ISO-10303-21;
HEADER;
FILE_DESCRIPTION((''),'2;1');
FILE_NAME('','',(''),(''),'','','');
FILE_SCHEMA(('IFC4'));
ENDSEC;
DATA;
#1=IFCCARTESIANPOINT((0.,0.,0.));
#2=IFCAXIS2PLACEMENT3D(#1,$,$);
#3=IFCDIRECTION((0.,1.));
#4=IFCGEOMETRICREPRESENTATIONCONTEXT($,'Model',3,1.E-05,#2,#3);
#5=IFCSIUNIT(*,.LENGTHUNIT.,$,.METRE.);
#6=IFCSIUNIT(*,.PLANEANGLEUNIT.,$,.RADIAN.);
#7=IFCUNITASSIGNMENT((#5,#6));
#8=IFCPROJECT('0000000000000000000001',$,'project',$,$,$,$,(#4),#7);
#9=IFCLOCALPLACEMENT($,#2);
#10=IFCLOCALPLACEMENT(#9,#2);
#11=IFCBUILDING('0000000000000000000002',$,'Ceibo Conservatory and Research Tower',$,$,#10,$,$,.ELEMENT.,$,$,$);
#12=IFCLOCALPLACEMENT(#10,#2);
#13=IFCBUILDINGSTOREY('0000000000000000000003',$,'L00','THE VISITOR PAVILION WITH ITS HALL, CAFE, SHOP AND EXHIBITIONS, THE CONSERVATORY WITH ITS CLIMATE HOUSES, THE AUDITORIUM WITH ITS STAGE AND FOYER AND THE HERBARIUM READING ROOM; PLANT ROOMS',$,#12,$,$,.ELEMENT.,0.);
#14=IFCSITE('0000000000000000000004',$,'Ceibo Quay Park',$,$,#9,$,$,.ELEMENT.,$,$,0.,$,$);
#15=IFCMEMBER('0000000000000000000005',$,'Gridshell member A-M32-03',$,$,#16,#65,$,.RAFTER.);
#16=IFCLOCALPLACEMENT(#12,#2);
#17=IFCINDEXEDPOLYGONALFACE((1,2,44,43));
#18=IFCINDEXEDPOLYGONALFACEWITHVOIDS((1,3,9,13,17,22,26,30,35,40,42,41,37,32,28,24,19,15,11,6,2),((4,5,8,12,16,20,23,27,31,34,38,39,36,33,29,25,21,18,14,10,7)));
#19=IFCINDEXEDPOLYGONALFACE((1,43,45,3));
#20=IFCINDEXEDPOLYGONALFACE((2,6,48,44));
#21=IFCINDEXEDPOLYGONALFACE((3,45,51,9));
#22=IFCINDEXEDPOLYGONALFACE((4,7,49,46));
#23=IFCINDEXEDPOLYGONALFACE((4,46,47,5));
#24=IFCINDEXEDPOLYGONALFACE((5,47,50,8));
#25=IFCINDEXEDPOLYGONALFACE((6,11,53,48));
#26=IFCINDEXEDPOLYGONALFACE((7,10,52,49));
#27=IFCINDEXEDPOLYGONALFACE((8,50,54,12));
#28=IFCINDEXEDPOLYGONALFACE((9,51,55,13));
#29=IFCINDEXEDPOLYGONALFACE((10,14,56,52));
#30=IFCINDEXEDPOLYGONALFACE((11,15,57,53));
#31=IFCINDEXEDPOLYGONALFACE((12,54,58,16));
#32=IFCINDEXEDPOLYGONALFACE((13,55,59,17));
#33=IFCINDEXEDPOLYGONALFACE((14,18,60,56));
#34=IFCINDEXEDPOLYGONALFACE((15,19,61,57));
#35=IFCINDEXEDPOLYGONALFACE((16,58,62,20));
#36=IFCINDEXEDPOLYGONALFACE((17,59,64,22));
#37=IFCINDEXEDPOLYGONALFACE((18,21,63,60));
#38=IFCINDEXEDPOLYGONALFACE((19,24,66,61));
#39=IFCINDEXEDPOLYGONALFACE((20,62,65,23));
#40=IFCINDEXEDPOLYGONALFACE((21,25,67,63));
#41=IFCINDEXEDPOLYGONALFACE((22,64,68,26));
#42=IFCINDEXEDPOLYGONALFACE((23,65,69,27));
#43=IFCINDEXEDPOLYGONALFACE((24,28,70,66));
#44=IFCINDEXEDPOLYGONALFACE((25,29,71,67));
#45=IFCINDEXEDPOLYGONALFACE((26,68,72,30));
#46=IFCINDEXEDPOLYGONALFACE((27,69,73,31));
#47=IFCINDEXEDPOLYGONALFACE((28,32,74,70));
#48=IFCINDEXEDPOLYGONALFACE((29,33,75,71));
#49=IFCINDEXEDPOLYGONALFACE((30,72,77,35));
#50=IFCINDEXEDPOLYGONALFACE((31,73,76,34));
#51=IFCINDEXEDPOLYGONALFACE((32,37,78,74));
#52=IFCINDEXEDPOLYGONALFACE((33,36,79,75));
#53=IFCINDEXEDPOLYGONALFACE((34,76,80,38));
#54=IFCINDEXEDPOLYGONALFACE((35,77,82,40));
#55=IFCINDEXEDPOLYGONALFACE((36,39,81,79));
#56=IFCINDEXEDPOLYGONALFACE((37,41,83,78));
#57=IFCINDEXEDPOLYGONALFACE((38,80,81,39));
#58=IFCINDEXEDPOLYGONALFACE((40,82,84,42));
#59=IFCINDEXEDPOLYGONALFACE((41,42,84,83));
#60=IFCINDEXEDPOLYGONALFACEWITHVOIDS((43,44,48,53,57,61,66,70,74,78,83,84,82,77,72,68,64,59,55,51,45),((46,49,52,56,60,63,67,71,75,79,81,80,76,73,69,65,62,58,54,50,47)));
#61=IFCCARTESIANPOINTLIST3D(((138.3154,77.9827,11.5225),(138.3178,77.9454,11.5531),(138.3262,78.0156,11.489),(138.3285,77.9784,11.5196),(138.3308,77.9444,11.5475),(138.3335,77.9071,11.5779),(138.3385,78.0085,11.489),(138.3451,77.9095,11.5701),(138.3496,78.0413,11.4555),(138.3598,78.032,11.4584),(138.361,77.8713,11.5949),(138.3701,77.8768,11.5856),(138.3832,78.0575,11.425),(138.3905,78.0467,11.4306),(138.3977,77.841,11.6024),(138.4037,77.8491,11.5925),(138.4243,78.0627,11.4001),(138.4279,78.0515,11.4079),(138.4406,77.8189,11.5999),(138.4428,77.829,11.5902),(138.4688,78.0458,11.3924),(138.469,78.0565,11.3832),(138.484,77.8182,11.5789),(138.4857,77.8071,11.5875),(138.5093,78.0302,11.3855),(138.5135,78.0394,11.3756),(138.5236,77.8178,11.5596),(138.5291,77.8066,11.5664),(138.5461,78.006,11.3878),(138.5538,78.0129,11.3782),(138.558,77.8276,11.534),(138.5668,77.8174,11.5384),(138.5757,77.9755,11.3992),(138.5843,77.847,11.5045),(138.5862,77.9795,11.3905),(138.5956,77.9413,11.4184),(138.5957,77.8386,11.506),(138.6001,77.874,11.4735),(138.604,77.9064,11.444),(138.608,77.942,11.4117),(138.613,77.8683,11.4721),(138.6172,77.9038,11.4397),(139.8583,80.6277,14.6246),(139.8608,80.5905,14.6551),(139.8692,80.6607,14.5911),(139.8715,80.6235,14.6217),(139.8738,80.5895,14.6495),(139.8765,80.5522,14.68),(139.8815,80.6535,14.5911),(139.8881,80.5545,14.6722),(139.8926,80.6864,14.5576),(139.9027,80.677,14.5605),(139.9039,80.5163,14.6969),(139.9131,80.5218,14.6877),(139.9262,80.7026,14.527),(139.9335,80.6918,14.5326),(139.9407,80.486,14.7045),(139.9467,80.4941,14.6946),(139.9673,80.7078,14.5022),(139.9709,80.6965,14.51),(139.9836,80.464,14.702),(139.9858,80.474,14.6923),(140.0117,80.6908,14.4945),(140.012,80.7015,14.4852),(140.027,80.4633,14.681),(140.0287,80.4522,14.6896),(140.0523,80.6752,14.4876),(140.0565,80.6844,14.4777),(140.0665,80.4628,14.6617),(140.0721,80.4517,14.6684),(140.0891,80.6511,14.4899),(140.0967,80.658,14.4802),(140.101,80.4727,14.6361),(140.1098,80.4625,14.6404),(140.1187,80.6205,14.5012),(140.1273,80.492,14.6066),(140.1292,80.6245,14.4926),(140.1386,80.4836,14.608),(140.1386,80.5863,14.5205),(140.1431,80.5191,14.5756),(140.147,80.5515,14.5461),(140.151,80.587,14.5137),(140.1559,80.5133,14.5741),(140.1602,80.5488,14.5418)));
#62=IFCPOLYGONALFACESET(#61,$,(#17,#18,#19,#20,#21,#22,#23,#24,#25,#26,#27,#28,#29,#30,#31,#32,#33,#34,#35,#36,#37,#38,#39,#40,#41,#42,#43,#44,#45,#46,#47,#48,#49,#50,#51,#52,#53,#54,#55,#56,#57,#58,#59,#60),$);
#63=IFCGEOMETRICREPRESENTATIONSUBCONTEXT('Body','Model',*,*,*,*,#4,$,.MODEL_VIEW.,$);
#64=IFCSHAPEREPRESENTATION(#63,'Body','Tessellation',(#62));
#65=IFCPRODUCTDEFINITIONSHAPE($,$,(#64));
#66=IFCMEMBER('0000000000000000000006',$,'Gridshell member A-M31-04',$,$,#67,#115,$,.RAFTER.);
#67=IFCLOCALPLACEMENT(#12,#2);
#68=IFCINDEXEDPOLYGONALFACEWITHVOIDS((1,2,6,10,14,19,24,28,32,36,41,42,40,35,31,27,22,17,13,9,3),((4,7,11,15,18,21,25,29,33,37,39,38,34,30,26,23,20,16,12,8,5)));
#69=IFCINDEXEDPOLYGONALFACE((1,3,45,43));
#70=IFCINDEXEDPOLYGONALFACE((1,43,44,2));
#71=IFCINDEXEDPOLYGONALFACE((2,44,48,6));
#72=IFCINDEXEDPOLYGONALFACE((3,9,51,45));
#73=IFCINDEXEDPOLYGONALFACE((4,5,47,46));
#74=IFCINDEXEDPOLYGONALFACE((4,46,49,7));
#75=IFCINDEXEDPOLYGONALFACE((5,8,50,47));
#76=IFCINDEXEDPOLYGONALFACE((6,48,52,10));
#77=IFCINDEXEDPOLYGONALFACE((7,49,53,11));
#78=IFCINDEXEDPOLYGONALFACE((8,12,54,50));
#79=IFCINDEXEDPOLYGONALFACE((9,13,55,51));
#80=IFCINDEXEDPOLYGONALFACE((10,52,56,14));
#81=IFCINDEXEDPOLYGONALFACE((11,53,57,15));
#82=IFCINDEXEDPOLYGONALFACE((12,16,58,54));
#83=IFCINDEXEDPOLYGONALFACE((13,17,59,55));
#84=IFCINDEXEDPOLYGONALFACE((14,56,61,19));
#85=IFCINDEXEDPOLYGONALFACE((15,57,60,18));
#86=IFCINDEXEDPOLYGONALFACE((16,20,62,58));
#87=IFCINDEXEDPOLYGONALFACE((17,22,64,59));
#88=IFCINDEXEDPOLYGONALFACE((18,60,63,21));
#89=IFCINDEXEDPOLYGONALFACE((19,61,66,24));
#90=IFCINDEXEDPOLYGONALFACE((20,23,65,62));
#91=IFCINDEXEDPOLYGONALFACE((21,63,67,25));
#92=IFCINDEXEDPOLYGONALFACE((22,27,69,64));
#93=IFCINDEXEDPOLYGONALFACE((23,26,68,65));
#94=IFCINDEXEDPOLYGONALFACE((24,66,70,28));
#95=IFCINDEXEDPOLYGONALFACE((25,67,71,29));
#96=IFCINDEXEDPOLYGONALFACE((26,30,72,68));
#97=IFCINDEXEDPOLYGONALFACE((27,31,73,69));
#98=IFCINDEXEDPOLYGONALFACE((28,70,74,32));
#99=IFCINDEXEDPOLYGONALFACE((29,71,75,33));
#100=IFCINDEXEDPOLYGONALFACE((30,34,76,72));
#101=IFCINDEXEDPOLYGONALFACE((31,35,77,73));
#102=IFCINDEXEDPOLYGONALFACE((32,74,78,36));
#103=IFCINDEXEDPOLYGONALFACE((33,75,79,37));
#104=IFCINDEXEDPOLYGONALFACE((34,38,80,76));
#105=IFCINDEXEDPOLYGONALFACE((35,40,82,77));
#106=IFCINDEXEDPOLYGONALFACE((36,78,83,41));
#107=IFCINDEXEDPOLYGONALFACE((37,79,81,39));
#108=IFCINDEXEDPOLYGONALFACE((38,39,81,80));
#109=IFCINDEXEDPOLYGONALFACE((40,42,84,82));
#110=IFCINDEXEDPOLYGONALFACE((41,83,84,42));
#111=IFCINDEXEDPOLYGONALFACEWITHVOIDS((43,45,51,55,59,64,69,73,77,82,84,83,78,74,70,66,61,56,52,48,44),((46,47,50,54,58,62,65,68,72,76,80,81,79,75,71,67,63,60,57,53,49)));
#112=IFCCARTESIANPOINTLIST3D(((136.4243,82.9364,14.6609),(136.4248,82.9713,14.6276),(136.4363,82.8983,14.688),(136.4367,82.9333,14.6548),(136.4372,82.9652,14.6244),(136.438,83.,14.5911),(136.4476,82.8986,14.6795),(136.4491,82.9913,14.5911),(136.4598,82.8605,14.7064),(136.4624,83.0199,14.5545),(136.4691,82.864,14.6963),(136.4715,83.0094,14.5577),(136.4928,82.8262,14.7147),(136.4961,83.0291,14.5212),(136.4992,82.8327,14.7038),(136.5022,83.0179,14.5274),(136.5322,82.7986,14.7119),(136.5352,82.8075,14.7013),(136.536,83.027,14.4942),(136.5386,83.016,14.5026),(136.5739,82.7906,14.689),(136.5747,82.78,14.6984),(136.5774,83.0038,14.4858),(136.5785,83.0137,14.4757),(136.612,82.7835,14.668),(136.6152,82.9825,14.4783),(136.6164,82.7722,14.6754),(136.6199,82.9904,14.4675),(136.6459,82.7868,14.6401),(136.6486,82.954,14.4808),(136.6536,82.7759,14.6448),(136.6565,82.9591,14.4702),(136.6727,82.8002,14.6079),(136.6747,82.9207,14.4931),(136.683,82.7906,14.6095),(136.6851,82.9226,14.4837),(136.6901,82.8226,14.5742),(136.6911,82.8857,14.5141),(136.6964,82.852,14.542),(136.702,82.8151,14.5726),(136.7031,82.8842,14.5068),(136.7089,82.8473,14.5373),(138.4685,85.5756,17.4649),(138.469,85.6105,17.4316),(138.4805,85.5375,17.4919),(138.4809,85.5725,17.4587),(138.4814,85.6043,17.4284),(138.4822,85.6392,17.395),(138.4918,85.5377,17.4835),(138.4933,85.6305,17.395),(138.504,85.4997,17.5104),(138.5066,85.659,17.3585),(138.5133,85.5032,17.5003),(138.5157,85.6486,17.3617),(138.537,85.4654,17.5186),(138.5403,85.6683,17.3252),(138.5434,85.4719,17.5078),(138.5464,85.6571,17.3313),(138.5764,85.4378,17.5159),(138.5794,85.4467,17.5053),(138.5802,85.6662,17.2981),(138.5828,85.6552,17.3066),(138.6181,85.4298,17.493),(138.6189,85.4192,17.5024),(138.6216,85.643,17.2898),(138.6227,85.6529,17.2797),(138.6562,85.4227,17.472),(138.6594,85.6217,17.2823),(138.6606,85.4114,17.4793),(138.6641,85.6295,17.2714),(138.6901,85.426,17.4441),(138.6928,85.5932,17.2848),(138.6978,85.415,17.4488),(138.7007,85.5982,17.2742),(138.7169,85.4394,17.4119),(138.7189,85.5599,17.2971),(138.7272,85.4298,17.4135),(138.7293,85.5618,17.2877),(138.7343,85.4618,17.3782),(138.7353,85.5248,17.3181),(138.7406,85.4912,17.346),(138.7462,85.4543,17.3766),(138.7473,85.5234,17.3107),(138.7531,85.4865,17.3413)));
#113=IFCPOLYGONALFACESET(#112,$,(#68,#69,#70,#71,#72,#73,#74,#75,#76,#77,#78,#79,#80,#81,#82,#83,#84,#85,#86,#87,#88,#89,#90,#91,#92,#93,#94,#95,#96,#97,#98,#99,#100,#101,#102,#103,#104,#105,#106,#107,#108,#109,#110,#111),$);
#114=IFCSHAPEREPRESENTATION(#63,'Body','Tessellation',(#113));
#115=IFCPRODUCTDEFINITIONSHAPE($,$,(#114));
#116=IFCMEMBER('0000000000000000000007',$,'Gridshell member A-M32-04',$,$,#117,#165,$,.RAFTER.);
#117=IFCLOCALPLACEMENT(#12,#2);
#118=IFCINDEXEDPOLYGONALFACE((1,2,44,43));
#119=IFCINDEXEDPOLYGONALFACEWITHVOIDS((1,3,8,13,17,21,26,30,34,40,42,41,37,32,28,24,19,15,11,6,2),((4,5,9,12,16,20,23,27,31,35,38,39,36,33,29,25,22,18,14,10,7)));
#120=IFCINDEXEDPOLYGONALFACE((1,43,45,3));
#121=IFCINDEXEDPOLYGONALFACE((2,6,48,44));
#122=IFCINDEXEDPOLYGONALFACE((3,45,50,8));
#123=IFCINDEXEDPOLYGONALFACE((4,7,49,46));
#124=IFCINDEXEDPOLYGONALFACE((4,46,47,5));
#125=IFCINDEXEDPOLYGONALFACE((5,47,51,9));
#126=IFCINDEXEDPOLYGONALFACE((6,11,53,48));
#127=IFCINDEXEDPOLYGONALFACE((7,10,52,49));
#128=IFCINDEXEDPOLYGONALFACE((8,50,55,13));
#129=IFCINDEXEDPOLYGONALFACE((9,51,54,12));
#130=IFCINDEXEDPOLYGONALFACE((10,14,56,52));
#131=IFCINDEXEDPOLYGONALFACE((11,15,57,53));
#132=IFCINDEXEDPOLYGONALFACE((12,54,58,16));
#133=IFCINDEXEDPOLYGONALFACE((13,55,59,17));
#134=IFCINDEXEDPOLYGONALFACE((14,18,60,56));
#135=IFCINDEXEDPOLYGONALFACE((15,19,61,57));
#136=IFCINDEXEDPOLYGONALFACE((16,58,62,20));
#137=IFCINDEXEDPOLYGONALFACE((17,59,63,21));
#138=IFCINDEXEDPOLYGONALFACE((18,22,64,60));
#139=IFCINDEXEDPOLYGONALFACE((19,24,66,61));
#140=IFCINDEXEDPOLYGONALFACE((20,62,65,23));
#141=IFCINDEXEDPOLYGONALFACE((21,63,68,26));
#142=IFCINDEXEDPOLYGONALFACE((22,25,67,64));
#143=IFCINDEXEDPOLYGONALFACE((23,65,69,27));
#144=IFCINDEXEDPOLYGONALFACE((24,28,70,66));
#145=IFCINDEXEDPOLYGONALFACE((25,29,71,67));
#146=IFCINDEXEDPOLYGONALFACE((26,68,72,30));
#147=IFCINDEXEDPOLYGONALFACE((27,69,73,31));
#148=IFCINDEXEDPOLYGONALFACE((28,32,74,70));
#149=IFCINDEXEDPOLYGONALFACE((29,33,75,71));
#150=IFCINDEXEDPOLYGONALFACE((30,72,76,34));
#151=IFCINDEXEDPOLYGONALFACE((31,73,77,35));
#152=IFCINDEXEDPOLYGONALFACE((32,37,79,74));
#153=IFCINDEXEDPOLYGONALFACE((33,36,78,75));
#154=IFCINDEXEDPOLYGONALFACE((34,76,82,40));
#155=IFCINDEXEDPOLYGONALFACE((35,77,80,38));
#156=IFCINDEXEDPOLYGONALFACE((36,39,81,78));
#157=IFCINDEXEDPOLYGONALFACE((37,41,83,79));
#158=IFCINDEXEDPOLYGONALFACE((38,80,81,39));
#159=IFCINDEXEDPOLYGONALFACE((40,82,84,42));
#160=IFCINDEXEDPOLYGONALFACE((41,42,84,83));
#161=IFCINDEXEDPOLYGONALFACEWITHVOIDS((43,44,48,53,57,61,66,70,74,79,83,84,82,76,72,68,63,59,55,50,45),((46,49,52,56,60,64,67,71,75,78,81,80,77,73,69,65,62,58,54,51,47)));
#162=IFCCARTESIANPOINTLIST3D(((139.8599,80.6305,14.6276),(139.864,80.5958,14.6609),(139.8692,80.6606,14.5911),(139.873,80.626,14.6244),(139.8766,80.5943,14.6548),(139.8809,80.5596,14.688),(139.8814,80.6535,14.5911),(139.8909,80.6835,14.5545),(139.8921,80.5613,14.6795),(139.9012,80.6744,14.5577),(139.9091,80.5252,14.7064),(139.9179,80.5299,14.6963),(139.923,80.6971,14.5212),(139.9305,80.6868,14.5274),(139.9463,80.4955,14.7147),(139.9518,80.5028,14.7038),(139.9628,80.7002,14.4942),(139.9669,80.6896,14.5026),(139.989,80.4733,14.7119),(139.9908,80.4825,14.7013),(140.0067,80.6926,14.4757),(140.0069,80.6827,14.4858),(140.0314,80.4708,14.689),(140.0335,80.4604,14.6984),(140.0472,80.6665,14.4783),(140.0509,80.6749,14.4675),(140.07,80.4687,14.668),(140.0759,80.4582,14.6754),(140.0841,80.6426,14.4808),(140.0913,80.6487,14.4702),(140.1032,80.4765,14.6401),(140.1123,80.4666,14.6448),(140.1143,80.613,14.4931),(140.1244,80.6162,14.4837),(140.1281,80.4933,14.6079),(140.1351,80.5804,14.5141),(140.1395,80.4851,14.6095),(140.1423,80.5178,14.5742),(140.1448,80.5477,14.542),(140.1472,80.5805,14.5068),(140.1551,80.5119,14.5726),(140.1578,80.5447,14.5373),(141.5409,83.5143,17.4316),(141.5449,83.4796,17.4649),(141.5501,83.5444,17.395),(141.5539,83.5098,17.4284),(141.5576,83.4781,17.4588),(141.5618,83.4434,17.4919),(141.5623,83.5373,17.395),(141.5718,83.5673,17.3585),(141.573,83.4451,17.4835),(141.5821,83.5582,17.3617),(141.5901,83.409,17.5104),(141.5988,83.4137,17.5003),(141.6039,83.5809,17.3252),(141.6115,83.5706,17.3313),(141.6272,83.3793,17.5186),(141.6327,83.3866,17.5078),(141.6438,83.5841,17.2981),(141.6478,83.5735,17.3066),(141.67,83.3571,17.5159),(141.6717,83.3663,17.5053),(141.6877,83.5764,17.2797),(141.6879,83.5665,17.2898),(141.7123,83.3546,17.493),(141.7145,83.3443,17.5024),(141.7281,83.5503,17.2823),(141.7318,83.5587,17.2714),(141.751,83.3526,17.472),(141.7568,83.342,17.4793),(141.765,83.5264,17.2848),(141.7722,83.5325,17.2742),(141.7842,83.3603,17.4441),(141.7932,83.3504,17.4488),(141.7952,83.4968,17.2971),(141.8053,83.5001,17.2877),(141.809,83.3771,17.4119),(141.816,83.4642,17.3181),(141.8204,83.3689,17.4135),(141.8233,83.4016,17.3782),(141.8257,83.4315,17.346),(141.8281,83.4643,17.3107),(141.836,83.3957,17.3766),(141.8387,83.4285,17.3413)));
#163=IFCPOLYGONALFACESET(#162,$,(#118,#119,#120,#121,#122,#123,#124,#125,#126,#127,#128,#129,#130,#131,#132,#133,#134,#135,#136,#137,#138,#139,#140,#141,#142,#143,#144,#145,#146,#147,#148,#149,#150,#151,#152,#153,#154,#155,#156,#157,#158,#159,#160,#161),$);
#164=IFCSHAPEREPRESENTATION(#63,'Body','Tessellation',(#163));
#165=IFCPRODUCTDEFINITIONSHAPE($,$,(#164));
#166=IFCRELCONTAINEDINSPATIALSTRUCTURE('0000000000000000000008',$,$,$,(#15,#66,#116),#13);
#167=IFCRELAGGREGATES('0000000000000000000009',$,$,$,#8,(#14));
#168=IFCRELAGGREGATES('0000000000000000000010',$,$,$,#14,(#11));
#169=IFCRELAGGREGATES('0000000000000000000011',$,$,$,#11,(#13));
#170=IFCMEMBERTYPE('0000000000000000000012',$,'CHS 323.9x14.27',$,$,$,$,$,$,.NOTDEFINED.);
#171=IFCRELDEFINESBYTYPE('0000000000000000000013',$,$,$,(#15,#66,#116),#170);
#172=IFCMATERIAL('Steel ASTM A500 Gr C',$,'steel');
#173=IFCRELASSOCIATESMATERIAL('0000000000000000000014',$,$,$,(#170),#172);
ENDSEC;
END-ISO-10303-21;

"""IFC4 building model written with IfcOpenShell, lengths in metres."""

from ifc_helpers import new_model, si_unit, direction, frame, origin, origin_2d, place, context, subcontext, project, spatial, hollow_circle, extrude, material, material_profile, profile_set, type_object, element, save


model = new_model("IFC4")

# Units and contexts
model_context = context("Model", 3, precision=1e-05, world=origin(), true_north=direction((0.0, 1.0)))
body_context = subcontext(model_context, "Body", "Model", "MODEL_VIEW")
ifc_project = project(units=[si_unit("LENGTHUNIT", "METRE"), si_unit("PLANEANGLEUNIT", "RADIAN")], contexts=[model_context])

# Site, building, storey
site_placement = place(None, origin())
site = spatial("IfcSite", under=ifc_project, at=site_placement, Name="Ceibo Quay Park", CompositionType="ELEMENT", RefElevation=0.0)
building_placement = place(site_placement, origin())
building = spatial("IfcBuilding", under=site, at=building_placement, Name="Ceibo Conservatory and Research Tower", CompositionType="ELEMENT")
storey_placement = place(building_placement, origin())
storey = spatial("IfcBuildingStorey", under=building, at=storey_placement, Name="L00", Description="THE VISITOR PAVILION WITH ITS HALL, CAFE, SHOP AND EXHIBITIONS, THE CONSERVATORY WITH ITS CLIMATE HOUSES, THE AUDITORIUM WITH ITS STAGE AND FOYER AND THE HERBARIUM READING ROOM; PLANT ROOMS", CompositionType="ELEMENT", Elevation=0.0)

# Members
ifc_material_1 = material(Name="Steel ASTM A500 Gr C", Category="steel")
ifc_material_profile_1 = material_profile(ifc_material_1, hollow_circle(Radius=0.1619, WallThickness=0.0142, at=origin_2d()), Name="CHS 323.9x14.27")
ifc_profile_set_1 = profile_set([ifc_material_profile_1], Name="Steel ASTM A500 Gr C")
member_type_1 = type_object("IfcMemberType", Name="CHS 323.9x14.27", PredefinedType="NOTDEFINED", material=ifc_profile_set_1)
member_1_placement = place(storey_placement, frame((138.4661, 77.9341, 11.489), z_axis=(0.353985, 0.606815, 0.711667), x_axis=(-0.863773, 0.503881, 0.0)))
element("IfcMember", 1, at=member_1_placement, inside=storey, type_object=member_type_1, Name="Gridshell member A-M32-03", PredefinedType="RAFTER", context=body_context, shape_type="SweptSolid", body=[
    extrude(hollow_circle(Radius=0.1619, WallThickness=0.0142, at=origin_2d()), origin(), (0.0, 0.0, 1.0), 4.3589),
])
member_2_placement = place(storey_placement, frame((136.5659, 82.9009, 14.5911), z_axis=(0.468895, 0.605369, 0.643169), x_axis=(-0.790583, 0.612355, 0.0)))
element("IfcMember", 2, at=member_2_placement, inside=storey, type_object=member_type_1, Name="Gridshell member A-M31-04", PredefinedType="RAFTER", context=body_context, shape_type="SweptSolid", body=[
    extrude(hollow_circle(Radius=0.1619, WallThickness=0.0142, at=origin_2d()), origin(), (0.0, 0.0, 1.0), 4.3596),
])
member_3_placement = place(storey_placement, frame((140.009, 80.5791, 14.5911), z_axis=(0.385588, 0.661519, 0.643206), x_axis=(-0.863949, 0.50358, 0.0)))
element("IfcMember", 3, at=member_3_placement, inside=storey, type_object=member_type_1, Name="Gridshell member A-M32-04", PredefinedType="RAFTER", context=body_context, shape_type="SweptSolid", body=[
    extrude(hollow_circle(Radius=0.1619, WallThickness=0.0142, at=origin_2d()), origin(), (0.0, 0.0, 1.0), 4.3594),
])

save(model, "model.ifc")
